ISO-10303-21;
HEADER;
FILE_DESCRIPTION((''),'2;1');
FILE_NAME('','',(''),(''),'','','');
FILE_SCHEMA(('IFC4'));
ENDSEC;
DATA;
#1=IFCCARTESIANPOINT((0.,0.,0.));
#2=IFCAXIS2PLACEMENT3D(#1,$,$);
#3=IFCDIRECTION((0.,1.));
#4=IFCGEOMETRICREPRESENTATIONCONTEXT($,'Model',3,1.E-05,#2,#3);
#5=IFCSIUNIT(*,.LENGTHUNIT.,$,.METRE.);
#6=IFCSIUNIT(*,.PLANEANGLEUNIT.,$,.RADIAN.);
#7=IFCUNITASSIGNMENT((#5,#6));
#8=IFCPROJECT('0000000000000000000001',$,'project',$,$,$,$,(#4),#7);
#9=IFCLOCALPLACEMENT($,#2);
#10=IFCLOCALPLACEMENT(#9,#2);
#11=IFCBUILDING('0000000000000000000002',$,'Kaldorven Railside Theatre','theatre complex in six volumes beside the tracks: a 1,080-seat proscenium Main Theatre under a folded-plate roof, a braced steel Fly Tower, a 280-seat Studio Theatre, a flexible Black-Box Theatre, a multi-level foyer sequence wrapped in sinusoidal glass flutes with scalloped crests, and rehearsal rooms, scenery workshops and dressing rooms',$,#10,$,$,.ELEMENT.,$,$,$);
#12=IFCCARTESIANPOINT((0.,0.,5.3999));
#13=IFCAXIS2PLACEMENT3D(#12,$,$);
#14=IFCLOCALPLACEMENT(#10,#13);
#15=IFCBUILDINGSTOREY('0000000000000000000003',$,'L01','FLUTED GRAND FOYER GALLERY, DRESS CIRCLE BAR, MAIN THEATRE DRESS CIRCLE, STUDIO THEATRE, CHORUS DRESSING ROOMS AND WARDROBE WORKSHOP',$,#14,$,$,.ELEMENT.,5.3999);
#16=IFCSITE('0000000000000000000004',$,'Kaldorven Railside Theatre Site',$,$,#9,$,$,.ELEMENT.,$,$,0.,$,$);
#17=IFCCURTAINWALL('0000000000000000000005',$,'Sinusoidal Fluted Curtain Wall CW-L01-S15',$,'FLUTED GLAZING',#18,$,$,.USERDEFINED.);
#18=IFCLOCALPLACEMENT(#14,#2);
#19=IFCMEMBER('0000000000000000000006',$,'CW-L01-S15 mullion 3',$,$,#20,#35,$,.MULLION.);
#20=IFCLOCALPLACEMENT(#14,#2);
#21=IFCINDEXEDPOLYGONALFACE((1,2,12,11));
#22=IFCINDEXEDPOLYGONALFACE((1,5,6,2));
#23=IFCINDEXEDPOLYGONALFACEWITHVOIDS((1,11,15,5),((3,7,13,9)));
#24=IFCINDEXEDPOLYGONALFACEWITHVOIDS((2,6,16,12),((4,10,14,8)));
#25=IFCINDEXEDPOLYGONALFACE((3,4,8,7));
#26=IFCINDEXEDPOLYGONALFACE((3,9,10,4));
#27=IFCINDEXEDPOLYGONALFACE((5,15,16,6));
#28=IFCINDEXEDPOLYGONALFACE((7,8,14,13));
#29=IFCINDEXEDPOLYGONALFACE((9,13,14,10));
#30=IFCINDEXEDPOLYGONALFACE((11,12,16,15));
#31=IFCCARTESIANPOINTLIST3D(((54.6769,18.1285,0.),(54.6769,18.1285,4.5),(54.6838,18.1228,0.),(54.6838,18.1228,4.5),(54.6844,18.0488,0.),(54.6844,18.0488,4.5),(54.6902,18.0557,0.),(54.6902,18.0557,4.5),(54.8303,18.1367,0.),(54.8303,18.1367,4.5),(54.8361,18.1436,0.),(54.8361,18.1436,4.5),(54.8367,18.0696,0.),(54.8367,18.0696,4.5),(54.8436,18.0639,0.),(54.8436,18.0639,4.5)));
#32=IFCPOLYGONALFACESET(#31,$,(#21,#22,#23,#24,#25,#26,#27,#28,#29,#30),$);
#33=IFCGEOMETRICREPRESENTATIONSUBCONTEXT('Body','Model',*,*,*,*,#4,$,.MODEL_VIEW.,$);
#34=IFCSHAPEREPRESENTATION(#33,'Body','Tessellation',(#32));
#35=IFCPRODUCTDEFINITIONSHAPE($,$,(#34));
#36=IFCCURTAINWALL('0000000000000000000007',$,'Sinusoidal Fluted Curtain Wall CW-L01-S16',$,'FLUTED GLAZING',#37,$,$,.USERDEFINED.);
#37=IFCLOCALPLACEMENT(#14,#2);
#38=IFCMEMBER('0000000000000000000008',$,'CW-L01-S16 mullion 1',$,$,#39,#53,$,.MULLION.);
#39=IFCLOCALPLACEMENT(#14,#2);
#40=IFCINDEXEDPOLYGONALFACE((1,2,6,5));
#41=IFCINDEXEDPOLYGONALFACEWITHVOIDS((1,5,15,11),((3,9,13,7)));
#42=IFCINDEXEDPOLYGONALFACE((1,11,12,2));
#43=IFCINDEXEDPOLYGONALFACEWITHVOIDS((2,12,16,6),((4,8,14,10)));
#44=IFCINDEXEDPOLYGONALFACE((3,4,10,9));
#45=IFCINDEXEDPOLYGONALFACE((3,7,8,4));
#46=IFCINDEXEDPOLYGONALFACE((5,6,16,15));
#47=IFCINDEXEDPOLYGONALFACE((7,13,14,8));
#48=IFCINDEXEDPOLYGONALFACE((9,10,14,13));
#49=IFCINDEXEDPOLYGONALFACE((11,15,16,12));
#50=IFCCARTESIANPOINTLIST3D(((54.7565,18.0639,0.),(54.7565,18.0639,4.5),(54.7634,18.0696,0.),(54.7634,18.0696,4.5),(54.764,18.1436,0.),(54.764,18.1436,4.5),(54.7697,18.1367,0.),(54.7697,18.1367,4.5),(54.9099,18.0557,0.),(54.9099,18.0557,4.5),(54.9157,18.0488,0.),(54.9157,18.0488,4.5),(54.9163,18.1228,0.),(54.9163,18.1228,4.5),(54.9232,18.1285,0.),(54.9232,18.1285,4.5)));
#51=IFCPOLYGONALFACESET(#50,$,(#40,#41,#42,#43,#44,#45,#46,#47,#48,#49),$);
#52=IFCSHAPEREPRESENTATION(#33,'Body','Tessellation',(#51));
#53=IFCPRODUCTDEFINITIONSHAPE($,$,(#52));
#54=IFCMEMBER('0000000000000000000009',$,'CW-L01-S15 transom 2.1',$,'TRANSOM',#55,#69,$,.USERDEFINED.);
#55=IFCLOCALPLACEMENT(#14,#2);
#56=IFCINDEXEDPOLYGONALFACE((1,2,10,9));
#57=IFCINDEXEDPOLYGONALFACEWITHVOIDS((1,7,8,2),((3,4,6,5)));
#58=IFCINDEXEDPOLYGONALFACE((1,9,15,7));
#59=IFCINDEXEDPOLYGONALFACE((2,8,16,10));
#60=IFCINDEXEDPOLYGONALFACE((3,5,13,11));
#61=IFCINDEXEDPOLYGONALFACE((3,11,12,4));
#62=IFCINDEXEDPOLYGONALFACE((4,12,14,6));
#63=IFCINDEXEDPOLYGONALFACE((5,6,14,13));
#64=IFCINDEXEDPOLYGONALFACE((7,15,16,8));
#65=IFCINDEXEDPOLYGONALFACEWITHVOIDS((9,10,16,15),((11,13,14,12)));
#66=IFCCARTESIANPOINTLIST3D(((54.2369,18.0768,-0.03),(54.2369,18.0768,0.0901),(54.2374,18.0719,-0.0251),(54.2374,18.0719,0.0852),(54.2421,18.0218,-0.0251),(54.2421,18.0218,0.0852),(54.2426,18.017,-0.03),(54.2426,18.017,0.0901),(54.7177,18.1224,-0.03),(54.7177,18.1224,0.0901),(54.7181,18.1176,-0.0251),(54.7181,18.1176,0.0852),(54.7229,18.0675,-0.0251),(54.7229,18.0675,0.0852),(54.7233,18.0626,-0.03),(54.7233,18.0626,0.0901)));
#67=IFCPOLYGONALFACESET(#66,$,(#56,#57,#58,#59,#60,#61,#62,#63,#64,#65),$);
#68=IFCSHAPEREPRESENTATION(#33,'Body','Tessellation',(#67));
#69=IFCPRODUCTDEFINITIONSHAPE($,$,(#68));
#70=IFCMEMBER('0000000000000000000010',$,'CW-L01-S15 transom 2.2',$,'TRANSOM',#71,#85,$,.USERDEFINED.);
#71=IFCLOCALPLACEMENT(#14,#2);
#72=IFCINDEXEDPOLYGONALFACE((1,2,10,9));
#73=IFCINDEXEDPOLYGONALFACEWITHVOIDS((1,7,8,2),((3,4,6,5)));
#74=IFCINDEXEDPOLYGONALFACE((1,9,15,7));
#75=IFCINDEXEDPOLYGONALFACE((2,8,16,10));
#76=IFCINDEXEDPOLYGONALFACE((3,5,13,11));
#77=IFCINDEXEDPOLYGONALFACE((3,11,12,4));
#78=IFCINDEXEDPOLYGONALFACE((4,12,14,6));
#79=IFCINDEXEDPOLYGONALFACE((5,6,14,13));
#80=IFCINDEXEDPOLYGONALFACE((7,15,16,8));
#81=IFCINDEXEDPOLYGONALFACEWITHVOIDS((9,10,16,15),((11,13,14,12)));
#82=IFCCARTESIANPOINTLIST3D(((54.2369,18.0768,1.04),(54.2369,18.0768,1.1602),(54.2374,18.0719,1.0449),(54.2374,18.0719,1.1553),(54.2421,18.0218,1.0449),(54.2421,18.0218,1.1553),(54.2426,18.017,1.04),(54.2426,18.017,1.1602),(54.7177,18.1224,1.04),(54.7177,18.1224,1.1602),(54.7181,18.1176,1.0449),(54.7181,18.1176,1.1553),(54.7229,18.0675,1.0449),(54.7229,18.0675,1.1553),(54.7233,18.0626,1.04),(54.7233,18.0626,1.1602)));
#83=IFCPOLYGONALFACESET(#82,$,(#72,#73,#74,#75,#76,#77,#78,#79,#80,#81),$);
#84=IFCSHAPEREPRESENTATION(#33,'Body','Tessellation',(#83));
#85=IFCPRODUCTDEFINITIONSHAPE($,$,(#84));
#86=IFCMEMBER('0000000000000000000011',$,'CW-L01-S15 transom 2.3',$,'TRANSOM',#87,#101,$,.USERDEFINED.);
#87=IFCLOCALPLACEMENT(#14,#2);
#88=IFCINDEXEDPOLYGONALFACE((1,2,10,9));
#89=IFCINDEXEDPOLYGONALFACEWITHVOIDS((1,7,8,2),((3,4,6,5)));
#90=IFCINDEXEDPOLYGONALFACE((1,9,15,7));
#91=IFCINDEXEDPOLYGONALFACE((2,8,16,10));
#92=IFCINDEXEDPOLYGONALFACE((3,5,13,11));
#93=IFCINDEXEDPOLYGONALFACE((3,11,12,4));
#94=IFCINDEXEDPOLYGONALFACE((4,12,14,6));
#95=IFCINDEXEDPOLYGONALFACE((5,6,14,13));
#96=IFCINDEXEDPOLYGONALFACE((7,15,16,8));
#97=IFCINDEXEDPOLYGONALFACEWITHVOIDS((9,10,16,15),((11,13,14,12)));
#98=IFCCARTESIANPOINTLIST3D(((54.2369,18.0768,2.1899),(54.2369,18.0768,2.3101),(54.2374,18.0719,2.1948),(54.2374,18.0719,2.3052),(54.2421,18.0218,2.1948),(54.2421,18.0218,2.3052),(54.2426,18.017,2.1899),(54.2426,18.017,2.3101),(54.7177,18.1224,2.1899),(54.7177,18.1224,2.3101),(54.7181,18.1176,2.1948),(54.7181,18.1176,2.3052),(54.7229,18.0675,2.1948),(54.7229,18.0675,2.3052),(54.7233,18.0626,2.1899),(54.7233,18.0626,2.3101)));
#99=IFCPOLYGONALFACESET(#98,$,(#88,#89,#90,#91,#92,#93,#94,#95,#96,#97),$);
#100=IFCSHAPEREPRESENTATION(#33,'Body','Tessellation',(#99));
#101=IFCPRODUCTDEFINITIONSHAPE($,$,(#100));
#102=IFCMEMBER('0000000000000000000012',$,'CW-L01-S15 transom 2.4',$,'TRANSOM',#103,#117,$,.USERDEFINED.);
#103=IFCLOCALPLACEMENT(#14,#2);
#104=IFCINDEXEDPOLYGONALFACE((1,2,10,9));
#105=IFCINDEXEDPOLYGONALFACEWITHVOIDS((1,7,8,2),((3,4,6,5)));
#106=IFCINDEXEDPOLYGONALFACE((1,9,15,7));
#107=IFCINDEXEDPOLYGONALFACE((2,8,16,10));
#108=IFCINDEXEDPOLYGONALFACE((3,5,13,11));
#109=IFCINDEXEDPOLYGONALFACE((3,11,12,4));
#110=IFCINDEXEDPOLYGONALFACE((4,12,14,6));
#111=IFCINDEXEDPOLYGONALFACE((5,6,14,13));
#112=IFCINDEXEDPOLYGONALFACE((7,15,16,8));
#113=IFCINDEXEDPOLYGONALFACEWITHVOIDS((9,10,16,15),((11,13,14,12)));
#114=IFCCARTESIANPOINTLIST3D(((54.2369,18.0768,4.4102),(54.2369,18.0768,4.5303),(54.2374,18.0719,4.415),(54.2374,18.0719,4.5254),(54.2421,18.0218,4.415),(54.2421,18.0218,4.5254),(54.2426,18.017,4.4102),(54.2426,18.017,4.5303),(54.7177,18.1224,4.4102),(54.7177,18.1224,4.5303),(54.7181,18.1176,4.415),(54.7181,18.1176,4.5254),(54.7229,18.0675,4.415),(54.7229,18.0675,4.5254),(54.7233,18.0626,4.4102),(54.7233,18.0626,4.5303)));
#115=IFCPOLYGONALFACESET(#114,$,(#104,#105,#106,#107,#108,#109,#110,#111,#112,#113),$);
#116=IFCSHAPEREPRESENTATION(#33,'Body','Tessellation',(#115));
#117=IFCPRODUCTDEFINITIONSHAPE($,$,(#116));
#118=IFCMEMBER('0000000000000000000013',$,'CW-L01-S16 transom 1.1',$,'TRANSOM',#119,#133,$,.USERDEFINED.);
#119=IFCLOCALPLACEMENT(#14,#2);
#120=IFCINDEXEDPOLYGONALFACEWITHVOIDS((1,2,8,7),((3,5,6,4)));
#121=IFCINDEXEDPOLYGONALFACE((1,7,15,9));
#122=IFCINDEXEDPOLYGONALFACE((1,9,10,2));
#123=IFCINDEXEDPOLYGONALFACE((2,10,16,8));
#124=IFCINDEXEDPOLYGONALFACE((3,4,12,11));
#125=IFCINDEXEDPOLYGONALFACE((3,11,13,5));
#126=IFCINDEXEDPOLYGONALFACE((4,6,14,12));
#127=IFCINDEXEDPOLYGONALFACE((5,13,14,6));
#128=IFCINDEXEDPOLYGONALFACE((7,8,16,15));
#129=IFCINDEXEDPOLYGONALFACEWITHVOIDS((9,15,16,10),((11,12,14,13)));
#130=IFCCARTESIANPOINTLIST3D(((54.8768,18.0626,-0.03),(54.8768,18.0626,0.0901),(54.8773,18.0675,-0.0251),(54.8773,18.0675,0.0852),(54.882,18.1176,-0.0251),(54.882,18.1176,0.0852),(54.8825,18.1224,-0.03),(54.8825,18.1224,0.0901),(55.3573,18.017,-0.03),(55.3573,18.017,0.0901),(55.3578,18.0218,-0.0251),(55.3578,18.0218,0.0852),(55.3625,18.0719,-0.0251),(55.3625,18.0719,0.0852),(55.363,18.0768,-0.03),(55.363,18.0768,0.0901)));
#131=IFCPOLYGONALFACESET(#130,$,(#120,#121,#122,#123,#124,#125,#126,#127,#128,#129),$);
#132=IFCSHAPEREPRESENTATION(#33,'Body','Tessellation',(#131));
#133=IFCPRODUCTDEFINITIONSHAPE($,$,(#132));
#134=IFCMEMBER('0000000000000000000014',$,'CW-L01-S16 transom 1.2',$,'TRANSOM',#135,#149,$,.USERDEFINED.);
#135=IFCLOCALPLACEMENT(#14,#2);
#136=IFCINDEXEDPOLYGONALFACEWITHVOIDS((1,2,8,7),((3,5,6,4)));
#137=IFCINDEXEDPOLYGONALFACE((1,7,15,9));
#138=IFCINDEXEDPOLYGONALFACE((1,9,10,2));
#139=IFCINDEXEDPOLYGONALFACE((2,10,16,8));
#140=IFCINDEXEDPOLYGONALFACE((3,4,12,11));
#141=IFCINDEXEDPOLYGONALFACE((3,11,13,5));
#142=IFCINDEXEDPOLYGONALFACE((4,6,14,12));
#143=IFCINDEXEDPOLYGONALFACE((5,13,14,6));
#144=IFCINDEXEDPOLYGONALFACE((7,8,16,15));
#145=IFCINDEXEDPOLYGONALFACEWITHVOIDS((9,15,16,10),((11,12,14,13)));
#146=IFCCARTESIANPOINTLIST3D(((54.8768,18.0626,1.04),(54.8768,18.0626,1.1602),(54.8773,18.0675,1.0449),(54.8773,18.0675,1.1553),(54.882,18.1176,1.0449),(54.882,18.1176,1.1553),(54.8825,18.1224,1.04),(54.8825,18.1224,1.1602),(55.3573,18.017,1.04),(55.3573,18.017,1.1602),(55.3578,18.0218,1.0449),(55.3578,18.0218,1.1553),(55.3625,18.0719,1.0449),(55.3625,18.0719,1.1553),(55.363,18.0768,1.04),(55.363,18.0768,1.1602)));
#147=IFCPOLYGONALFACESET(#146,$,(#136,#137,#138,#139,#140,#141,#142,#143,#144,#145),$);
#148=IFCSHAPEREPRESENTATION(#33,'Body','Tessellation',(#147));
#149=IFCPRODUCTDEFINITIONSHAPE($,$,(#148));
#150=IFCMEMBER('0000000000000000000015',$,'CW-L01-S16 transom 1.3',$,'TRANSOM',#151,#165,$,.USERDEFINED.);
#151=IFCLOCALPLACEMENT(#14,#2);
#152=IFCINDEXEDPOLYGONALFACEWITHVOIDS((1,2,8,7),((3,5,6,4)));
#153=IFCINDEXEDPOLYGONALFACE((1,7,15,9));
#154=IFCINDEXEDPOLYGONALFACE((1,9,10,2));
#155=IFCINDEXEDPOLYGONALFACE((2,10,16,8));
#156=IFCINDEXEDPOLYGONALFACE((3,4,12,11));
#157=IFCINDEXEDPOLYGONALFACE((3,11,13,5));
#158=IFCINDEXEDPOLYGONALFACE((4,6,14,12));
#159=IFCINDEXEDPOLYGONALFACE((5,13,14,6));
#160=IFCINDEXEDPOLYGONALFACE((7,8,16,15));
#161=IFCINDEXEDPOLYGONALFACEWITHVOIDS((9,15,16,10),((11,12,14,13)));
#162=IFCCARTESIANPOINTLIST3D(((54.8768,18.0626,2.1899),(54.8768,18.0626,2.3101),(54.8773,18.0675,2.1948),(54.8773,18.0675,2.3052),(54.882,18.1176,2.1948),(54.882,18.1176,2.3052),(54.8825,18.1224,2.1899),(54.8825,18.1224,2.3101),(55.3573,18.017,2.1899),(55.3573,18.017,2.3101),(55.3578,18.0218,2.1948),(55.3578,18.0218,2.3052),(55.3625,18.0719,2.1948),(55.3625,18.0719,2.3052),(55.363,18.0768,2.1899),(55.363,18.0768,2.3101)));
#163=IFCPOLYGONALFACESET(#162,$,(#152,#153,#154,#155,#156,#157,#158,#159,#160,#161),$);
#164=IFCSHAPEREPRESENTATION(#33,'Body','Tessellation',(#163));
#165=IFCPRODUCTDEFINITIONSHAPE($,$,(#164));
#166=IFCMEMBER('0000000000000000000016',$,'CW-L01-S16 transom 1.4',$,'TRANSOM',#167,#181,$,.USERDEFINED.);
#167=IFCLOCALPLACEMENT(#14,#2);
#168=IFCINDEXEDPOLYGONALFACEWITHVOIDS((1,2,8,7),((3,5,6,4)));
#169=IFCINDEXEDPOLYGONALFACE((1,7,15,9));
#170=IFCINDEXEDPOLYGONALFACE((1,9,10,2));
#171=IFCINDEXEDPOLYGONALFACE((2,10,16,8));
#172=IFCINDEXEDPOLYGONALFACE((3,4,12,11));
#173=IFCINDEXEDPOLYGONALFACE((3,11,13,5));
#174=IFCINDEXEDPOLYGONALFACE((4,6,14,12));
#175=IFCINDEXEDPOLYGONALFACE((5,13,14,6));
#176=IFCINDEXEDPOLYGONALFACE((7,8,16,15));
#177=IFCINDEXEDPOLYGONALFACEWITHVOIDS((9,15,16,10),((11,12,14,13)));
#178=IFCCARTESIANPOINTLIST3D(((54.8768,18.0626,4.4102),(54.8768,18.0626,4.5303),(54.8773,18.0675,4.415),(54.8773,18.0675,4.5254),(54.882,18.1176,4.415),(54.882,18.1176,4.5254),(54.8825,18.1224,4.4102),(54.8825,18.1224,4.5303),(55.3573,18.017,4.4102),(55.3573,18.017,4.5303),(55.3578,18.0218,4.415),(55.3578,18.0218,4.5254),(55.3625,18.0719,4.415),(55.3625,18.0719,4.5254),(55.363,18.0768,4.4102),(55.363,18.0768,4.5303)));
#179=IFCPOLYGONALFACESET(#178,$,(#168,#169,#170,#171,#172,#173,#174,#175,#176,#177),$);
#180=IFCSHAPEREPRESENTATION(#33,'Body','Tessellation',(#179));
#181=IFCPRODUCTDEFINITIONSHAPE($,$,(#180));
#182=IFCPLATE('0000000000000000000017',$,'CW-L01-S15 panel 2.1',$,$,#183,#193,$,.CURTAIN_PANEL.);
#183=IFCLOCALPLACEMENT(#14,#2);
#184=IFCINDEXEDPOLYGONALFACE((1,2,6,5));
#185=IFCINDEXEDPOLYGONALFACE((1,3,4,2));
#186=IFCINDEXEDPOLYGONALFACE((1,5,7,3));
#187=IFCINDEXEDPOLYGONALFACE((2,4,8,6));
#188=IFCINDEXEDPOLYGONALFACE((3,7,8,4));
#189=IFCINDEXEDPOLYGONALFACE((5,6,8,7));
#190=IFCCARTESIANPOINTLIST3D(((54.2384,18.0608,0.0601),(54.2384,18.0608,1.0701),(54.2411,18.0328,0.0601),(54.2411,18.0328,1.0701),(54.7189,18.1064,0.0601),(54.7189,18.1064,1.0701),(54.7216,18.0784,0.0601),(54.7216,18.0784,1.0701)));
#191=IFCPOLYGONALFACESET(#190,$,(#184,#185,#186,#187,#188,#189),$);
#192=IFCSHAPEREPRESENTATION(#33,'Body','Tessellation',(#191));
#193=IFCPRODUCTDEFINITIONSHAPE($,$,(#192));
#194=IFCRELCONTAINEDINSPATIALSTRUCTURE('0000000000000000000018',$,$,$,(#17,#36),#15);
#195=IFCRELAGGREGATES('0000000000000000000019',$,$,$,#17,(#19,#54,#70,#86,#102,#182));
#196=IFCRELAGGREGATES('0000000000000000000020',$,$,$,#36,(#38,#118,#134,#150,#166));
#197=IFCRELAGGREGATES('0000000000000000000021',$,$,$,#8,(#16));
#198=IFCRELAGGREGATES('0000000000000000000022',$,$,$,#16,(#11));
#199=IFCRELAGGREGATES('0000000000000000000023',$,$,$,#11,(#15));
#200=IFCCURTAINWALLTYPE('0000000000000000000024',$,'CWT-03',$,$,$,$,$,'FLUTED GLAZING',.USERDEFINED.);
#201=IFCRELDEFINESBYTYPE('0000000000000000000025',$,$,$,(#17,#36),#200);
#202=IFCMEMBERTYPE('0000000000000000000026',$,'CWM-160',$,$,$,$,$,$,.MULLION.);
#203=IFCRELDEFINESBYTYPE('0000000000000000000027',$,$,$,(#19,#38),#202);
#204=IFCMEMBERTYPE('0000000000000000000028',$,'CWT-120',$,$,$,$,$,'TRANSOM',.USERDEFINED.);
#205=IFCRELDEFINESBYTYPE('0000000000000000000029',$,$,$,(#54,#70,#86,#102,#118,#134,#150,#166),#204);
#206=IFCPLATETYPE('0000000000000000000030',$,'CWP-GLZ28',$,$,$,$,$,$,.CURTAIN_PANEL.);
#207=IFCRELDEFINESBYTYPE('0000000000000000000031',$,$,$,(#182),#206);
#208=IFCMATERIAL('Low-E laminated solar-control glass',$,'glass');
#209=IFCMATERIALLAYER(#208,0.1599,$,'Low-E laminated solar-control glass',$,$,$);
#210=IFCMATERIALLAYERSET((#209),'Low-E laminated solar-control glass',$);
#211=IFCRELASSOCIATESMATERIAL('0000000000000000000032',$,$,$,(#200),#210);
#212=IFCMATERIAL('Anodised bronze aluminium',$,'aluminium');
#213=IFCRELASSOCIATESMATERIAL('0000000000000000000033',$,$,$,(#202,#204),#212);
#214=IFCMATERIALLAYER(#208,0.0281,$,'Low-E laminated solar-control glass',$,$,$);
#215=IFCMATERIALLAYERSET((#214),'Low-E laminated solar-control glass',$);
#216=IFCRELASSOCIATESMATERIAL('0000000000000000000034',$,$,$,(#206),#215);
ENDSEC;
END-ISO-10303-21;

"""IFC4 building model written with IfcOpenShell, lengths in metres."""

from ifc_helpers import new_model, si_unit, direction, frame, origin, origin_2d, place, context, subcontext, project, spatial, rectangle, hollow_rectangle, extrude, material, layer, layer_set, material_profile, profile_set, type_object, element, aggregate, save


model = new_model("IFC4")

# Units and contexts
model_context = context("Model", 3, precision=1e-05, world=origin(), true_north=direction((0.0, 1.0)))
body_context = subcontext(model_context, "Body", "Model", "MODEL_VIEW")
ifc_project = project(units=[si_unit("LENGTHUNIT", "METRE"), si_unit("PLANEANGLEUNIT", "RADIAN")], contexts=[model_context])

# Site, building, storey
site_placement = place(None, origin())
site = spatial("IfcSite", under=ifc_project, at=site_placement, Name="Kaldorven Railside Theatre Site", CompositionType="ELEMENT", RefElevation=0.0)
building_placement = place(site_placement, origin())
building = spatial("IfcBuilding", under=site, at=building_placement, Name="Kaldorven Railside Theatre", Description="theatre complex in six volumes beside the tracks: a 1,080-seat proscenium Main Theatre under a folded-plate roof, a braced steel Fly Tower, a 280-seat Studio Theatre, a flexible Black-Box Theatre, a multi-level foyer sequence wrapped in sinusoidal glass flutes with scalloped crests, and rehearsal rooms, scenery workshops and dressing rooms", CompositionType="ELEMENT")
storey_placement = place(building_placement, frame((0.0, 0.0, 5.3999)))
storey = spatial("IfcBuildingStorey", under=building, at=storey_placement, Name="L01", Description="FLUTED GRAND FOYER GALLERY, DRESS CIRCLE BAR, MAIN THEATRE DRESS CIRCLE, STUDIO THEATRE, CHORUS DRESSING ROOMS AND WARDROBE WORKSHOP", CompositionType="ELEMENT", Elevation=5.3999)

# Curtain walls, members
ifc_material_1 = material(Name="Low-E laminated solar-control glass", Category="glass")
ifc_layer_1 = layer(ifc_material_1, 0.1599, Name="Low-E laminated solar-control glass")
ifc_layer_set_1 = layer_set([ifc_layer_1], Name="Low-E laminated solar-control glass")
curtain_wall_type = type_object("IfcCurtainWallType", Name="CWT-03", ElementType="FLUTED GLAZING", PredefinedType="USERDEFINED", material=ifc_layer_set_1)
curtain_wall_1_placement = place(storey_placement, origin())
curtain_wall_1 = element("IfcCurtainWall", 1, at=curtain_wall_1_placement, inside=storey, type_object=curtain_wall_type, Name="Sinusoidal Fluted Curtain Wall CW-L01-S15", ObjectType="FLUTED GLAZING", PredefinedType="USERDEFINED")
ifc_material_2 = material(Name="Anodised bronze aluminium", Category="aluminium")
ifc_material_profile_1 = material_profile(ifc_material_2, hollow_rectangle(XDim=0.0801, YDim=0.1599, WallThickness=0.0063, at=origin_2d()), Name="RHS 160x80x6.3")
ifc_profile_set_1 = profile_set([ifc_material_profile_1], Name="Anodised bronze aluminium")
member_type_1 = type_object("IfcMemberType", Name="CWM-160", PredefinedType="MULLION", material=ifc_profile_set_1)
member_1_placement = place(storey_placement, frame((54.7603, 18.0962, 0.0), z_axis=(0.0, 0.0, 1.0), x_axis=(-0.094492, 0.995526, 0.0)))
member_1 = element("IfcMember", 2, at=member_1_placement, type_object=member_type_1, Name="CW-L01-S15 mullion 3", PredefinedType="MULLION", context=body_context, shape_type="SweptSolid", body=[
    extrude(hollow_rectangle(XDim=0.0801, YDim=0.1599, WallThickness=0.0063, at=origin_2d()), origin(), (0.0, 0.0, 1.0), 4.5),
])
curtain_wall_2_placement = place(storey_placement, origin())
curtain_wall_2 = element("IfcCurtainWall", 3, at=curtain_wall_2_placement, inside=storey, type_object=curtain_wall_type, Name="Sinusoidal Fluted Curtain Wall CW-L01-S16", ObjectType="FLUTED GLAZING", PredefinedType="USERDEFINED")
member_2_placement = place(storey_placement, frame((54.8398, 18.0962, 0.0), z_axis=(0.0, 0.0, 1.0), x_axis=(0.094492, 0.995526, 0.0)))
member_2 = element("IfcMember", 4, at=member_2_placement, type_object=member_type_1, Name="CW-L01-S16 mullion 1", PredefinedType="MULLION", context=body_context, shape_type="SweptSolid", body=[
    extrude(hollow_rectangle(XDim=0.0801, YDim=0.1599, WallThickness=0.0063, at=origin_2d()), origin(), (0.0, 0.0, 1.0), 4.5),
])

# Members
ifc_material_profile_2 = material_profile(ifc_material_2, hollow_rectangle(XDim=0.0601, YDim=0.1201, WallThickness=0.0049, at=origin_2d()), Name="RHS 120x60x5")
ifc_profile_set_2 = profile_set([ifc_material_profile_2], Name="Anodised bronze aluminium")
member_type_2 = type_object("IfcMemberType", Name="CWT-120", ElementType="TRANSOM", PredefinedType="USERDEFINED", material=ifc_profile_set_2)
member_3_placement = place(storey_placement, frame((54.2397, 18.0469, 0.03), z_axis=(0.99552, 0.094547, 0.0), x_axis=(-0.094547, 0.99552, 0.0)))
member_3 = element("IfcMember", 5, at=member_3_placement, type_object=member_type_2, Name="CW-L01-S15 transom 2.1", ObjectType="TRANSOM", PredefinedType="USERDEFINED", context=body_context, shape_type="SweptSolid", body=[
    extrude(hollow_rectangle(XDim=0.0601, YDim=0.1201, WallThickness=0.0049, at=origin_2d()), origin(), (0.0, 0.0, 1.0), 0.4829),
])
member_4_placement = place(storey_placement, frame((54.2397, 18.0469, 1.1001), z_axis=(0.99552, 0.094547, 0.0), x_axis=(-0.094547, 0.99552, 0.0)))
member_4 = element("IfcMember", 6, at=member_4_placement, type_object=member_type_2, Name="CW-L01-S15 transom 2.2", ObjectType="TRANSOM", PredefinedType="USERDEFINED", context=body_context, shape_type="SweptSolid", body=[
    extrude(hollow_rectangle(XDim=0.0601, YDim=0.1201, WallThickness=0.0049, at=origin_2d()), origin(), (0.0, 0.0, 1.0), 0.4829),
])
member_5_placement = place(storey_placement, frame((54.2397, 18.0469, 2.25), z_axis=(0.99552, 0.094547, 0.0), x_axis=(-0.094547, 0.99552, 0.0)))
member_5 = element("IfcMember", 7, at=member_5_placement, type_object=member_type_2, Name="CW-L01-S15 transom 2.3", ObjectType="TRANSOM", PredefinedType="USERDEFINED", context=body_context, shape_type="SweptSolid", body=[
    extrude(hollow_rectangle(XDim=0.0601, YDim=0.1201, WallThickness=0.0049, at=origin_2d()), origin(), (0.0, 0.0, 1.0), 0.4829),
])
member_6_placement = place(storey_placement, frame((54.2397, 18.0469, 4.4702), z_axis=(0.99552, 0.094547, 0.0), x_axis=(-0.094547, 0.99552, 0.0)))
member_6 = element("IfcMember", 8, at=member_6_placement, type_object=member_type_2, Name="CW-L01-S15 transom 2.4", ObjectType="TRANSOM", PredefinedType="USERDEFINED", context=body_context, shape_type="SweptSolid", body=[
    extrude(hollow_rectangle(XDim=0.0601, YDim=0.1201, WallThickness=0.0049, at=origin_2d()), origin(), (0.0, 0.0, 1.0), 0.4829),
])
member_7_placement = place(storey_placement, frame((54.8796, 18.0925, 0.03), z_axis=(0.995516, -0.094594, 0.0), x_axis=(0.094594, 0.995516, 0.0)))
member_7 = element("IfcMember", 9, at=member_7_placement, type_object=member_type_2, Name="CW-L01-S16 transom 1.1", ObjectType="TRANSOM", PredefinedType="USERDEFINED", context=body_context, shape_type="SweptSolid", body=[
    extrude(hollow_rectangle(XDim=0.0601, YDim=0.1201, WallThickness=0.0049, at=origin_2d()), origin(), (0.0, 0.0, 1.0), 0.4827),
])
member_8_placement = place(storey_placement, frame((54.8796, 18.0925, 1.1001), z_axis=(0.995516, -0.094594, 0.0), x_axis=(0.094594, 0.995516, 0.0)))
member_8 = element("IfcMember", 10, at=member_8_placement, type_object=member_type_2, Name="CW-L01-S16 transom 1.2", ObjectType="TRANSOM", PredefinedType="USERDEFINED", context=body_context, shape_type="SweptSolid", body=[
    extrude(hollow_rectangle(XDim=0.0601, YDim=0.1201, WallThickness=0.0049, at=origin_2d()), origin(), (0.0, 0.0, 1.0), 0.4827),
])
member_9_placement = place(storey_placement, frame((54.8796, 18.0925, 2.25), z_axis=(0.995516, -0.094594, 0.0), x_axis=(0.094594, 0.995516, 0.0)))
member_9 = element("IfcMember", 11, at=member_9_placement, type_object=member_type_2, Name="CW-L01-S16 transom 1.3", ObjectType="TRANSOM", PredefinedType="USERDEFINED", context=body_context, shape_type="SweptSolid", body=[
    extrude(hollow_rectangle(XDim=0.0601, YDim=0.1201, WallThickness=0.0049, at=origin_2d()), origin(), (0.0, 0.0, 1.0), 0.4827),
])
member_10_placement = place(storey_placement, frame((54.8796, 18.0925, 4.4702), z_axis=(0.995516, -0.094594, 0.0), x_axis=(0.094594, 0.995516, 0.0)))
member_10 = element("IfcMember", 12, at=member_10_placement, type_object=member_type_2, Name="CW-L01-S16 transom 1.4", ObjectType="TRANSOM", PredefinedType="USERDEFINED", context=body_context, shape_type="SweptSolid", body=[
    extrude(hollow_rectangle(XDim=0.0601, YDim=0.1201, WallThickness=0.0049, at=origin_2d()), origin(), (0.0, 0.0, 1.0), 0.4827),
])

# Plate
ifc_layer_2 = layer(ifc_material_1, 0.0281, Name="Low-E laminated solar-control glass")
ifc_layer_set_2 = layer_set([ifc_layer_2], Name="Low-E laminated solar-control glass")
plate_type = type_object("IfcPlateType", Name="CWP-GLZ28", PredefinedType="CURTAIN_PANEL", material=ifc_layer_set_2)
plate_1_placement = place(storey_placement, frame((54.48, 18.0696, 0.0601), z_axis=(0.0, 0.0, 1.0), x_axis=(0.995526, 0.094492, 0.0)))
plate_1 = element("IfcPlate", 13, at=plate_1_placement, type_object=plate_type, Name="CW-L01-S15 panel 2.1", PredefinedType="CURTAIN_PANEL", context=body_context, shape_type="SweptSolid", body=[
    extrude(rectangle(XDim=0.4827, YDim=0.0281, at=origin_2d()), origin(), (0.0, 0.0, 1.0), 1.01),
])
aggregate(curtain_wall_1, [member_1, member_3, member_4, member_5, member_6, plate_1])
aggregate(curtain_wall_2, [member_2, member_7, member_8, member_9, member_10])

save(model, "model.ifc")
